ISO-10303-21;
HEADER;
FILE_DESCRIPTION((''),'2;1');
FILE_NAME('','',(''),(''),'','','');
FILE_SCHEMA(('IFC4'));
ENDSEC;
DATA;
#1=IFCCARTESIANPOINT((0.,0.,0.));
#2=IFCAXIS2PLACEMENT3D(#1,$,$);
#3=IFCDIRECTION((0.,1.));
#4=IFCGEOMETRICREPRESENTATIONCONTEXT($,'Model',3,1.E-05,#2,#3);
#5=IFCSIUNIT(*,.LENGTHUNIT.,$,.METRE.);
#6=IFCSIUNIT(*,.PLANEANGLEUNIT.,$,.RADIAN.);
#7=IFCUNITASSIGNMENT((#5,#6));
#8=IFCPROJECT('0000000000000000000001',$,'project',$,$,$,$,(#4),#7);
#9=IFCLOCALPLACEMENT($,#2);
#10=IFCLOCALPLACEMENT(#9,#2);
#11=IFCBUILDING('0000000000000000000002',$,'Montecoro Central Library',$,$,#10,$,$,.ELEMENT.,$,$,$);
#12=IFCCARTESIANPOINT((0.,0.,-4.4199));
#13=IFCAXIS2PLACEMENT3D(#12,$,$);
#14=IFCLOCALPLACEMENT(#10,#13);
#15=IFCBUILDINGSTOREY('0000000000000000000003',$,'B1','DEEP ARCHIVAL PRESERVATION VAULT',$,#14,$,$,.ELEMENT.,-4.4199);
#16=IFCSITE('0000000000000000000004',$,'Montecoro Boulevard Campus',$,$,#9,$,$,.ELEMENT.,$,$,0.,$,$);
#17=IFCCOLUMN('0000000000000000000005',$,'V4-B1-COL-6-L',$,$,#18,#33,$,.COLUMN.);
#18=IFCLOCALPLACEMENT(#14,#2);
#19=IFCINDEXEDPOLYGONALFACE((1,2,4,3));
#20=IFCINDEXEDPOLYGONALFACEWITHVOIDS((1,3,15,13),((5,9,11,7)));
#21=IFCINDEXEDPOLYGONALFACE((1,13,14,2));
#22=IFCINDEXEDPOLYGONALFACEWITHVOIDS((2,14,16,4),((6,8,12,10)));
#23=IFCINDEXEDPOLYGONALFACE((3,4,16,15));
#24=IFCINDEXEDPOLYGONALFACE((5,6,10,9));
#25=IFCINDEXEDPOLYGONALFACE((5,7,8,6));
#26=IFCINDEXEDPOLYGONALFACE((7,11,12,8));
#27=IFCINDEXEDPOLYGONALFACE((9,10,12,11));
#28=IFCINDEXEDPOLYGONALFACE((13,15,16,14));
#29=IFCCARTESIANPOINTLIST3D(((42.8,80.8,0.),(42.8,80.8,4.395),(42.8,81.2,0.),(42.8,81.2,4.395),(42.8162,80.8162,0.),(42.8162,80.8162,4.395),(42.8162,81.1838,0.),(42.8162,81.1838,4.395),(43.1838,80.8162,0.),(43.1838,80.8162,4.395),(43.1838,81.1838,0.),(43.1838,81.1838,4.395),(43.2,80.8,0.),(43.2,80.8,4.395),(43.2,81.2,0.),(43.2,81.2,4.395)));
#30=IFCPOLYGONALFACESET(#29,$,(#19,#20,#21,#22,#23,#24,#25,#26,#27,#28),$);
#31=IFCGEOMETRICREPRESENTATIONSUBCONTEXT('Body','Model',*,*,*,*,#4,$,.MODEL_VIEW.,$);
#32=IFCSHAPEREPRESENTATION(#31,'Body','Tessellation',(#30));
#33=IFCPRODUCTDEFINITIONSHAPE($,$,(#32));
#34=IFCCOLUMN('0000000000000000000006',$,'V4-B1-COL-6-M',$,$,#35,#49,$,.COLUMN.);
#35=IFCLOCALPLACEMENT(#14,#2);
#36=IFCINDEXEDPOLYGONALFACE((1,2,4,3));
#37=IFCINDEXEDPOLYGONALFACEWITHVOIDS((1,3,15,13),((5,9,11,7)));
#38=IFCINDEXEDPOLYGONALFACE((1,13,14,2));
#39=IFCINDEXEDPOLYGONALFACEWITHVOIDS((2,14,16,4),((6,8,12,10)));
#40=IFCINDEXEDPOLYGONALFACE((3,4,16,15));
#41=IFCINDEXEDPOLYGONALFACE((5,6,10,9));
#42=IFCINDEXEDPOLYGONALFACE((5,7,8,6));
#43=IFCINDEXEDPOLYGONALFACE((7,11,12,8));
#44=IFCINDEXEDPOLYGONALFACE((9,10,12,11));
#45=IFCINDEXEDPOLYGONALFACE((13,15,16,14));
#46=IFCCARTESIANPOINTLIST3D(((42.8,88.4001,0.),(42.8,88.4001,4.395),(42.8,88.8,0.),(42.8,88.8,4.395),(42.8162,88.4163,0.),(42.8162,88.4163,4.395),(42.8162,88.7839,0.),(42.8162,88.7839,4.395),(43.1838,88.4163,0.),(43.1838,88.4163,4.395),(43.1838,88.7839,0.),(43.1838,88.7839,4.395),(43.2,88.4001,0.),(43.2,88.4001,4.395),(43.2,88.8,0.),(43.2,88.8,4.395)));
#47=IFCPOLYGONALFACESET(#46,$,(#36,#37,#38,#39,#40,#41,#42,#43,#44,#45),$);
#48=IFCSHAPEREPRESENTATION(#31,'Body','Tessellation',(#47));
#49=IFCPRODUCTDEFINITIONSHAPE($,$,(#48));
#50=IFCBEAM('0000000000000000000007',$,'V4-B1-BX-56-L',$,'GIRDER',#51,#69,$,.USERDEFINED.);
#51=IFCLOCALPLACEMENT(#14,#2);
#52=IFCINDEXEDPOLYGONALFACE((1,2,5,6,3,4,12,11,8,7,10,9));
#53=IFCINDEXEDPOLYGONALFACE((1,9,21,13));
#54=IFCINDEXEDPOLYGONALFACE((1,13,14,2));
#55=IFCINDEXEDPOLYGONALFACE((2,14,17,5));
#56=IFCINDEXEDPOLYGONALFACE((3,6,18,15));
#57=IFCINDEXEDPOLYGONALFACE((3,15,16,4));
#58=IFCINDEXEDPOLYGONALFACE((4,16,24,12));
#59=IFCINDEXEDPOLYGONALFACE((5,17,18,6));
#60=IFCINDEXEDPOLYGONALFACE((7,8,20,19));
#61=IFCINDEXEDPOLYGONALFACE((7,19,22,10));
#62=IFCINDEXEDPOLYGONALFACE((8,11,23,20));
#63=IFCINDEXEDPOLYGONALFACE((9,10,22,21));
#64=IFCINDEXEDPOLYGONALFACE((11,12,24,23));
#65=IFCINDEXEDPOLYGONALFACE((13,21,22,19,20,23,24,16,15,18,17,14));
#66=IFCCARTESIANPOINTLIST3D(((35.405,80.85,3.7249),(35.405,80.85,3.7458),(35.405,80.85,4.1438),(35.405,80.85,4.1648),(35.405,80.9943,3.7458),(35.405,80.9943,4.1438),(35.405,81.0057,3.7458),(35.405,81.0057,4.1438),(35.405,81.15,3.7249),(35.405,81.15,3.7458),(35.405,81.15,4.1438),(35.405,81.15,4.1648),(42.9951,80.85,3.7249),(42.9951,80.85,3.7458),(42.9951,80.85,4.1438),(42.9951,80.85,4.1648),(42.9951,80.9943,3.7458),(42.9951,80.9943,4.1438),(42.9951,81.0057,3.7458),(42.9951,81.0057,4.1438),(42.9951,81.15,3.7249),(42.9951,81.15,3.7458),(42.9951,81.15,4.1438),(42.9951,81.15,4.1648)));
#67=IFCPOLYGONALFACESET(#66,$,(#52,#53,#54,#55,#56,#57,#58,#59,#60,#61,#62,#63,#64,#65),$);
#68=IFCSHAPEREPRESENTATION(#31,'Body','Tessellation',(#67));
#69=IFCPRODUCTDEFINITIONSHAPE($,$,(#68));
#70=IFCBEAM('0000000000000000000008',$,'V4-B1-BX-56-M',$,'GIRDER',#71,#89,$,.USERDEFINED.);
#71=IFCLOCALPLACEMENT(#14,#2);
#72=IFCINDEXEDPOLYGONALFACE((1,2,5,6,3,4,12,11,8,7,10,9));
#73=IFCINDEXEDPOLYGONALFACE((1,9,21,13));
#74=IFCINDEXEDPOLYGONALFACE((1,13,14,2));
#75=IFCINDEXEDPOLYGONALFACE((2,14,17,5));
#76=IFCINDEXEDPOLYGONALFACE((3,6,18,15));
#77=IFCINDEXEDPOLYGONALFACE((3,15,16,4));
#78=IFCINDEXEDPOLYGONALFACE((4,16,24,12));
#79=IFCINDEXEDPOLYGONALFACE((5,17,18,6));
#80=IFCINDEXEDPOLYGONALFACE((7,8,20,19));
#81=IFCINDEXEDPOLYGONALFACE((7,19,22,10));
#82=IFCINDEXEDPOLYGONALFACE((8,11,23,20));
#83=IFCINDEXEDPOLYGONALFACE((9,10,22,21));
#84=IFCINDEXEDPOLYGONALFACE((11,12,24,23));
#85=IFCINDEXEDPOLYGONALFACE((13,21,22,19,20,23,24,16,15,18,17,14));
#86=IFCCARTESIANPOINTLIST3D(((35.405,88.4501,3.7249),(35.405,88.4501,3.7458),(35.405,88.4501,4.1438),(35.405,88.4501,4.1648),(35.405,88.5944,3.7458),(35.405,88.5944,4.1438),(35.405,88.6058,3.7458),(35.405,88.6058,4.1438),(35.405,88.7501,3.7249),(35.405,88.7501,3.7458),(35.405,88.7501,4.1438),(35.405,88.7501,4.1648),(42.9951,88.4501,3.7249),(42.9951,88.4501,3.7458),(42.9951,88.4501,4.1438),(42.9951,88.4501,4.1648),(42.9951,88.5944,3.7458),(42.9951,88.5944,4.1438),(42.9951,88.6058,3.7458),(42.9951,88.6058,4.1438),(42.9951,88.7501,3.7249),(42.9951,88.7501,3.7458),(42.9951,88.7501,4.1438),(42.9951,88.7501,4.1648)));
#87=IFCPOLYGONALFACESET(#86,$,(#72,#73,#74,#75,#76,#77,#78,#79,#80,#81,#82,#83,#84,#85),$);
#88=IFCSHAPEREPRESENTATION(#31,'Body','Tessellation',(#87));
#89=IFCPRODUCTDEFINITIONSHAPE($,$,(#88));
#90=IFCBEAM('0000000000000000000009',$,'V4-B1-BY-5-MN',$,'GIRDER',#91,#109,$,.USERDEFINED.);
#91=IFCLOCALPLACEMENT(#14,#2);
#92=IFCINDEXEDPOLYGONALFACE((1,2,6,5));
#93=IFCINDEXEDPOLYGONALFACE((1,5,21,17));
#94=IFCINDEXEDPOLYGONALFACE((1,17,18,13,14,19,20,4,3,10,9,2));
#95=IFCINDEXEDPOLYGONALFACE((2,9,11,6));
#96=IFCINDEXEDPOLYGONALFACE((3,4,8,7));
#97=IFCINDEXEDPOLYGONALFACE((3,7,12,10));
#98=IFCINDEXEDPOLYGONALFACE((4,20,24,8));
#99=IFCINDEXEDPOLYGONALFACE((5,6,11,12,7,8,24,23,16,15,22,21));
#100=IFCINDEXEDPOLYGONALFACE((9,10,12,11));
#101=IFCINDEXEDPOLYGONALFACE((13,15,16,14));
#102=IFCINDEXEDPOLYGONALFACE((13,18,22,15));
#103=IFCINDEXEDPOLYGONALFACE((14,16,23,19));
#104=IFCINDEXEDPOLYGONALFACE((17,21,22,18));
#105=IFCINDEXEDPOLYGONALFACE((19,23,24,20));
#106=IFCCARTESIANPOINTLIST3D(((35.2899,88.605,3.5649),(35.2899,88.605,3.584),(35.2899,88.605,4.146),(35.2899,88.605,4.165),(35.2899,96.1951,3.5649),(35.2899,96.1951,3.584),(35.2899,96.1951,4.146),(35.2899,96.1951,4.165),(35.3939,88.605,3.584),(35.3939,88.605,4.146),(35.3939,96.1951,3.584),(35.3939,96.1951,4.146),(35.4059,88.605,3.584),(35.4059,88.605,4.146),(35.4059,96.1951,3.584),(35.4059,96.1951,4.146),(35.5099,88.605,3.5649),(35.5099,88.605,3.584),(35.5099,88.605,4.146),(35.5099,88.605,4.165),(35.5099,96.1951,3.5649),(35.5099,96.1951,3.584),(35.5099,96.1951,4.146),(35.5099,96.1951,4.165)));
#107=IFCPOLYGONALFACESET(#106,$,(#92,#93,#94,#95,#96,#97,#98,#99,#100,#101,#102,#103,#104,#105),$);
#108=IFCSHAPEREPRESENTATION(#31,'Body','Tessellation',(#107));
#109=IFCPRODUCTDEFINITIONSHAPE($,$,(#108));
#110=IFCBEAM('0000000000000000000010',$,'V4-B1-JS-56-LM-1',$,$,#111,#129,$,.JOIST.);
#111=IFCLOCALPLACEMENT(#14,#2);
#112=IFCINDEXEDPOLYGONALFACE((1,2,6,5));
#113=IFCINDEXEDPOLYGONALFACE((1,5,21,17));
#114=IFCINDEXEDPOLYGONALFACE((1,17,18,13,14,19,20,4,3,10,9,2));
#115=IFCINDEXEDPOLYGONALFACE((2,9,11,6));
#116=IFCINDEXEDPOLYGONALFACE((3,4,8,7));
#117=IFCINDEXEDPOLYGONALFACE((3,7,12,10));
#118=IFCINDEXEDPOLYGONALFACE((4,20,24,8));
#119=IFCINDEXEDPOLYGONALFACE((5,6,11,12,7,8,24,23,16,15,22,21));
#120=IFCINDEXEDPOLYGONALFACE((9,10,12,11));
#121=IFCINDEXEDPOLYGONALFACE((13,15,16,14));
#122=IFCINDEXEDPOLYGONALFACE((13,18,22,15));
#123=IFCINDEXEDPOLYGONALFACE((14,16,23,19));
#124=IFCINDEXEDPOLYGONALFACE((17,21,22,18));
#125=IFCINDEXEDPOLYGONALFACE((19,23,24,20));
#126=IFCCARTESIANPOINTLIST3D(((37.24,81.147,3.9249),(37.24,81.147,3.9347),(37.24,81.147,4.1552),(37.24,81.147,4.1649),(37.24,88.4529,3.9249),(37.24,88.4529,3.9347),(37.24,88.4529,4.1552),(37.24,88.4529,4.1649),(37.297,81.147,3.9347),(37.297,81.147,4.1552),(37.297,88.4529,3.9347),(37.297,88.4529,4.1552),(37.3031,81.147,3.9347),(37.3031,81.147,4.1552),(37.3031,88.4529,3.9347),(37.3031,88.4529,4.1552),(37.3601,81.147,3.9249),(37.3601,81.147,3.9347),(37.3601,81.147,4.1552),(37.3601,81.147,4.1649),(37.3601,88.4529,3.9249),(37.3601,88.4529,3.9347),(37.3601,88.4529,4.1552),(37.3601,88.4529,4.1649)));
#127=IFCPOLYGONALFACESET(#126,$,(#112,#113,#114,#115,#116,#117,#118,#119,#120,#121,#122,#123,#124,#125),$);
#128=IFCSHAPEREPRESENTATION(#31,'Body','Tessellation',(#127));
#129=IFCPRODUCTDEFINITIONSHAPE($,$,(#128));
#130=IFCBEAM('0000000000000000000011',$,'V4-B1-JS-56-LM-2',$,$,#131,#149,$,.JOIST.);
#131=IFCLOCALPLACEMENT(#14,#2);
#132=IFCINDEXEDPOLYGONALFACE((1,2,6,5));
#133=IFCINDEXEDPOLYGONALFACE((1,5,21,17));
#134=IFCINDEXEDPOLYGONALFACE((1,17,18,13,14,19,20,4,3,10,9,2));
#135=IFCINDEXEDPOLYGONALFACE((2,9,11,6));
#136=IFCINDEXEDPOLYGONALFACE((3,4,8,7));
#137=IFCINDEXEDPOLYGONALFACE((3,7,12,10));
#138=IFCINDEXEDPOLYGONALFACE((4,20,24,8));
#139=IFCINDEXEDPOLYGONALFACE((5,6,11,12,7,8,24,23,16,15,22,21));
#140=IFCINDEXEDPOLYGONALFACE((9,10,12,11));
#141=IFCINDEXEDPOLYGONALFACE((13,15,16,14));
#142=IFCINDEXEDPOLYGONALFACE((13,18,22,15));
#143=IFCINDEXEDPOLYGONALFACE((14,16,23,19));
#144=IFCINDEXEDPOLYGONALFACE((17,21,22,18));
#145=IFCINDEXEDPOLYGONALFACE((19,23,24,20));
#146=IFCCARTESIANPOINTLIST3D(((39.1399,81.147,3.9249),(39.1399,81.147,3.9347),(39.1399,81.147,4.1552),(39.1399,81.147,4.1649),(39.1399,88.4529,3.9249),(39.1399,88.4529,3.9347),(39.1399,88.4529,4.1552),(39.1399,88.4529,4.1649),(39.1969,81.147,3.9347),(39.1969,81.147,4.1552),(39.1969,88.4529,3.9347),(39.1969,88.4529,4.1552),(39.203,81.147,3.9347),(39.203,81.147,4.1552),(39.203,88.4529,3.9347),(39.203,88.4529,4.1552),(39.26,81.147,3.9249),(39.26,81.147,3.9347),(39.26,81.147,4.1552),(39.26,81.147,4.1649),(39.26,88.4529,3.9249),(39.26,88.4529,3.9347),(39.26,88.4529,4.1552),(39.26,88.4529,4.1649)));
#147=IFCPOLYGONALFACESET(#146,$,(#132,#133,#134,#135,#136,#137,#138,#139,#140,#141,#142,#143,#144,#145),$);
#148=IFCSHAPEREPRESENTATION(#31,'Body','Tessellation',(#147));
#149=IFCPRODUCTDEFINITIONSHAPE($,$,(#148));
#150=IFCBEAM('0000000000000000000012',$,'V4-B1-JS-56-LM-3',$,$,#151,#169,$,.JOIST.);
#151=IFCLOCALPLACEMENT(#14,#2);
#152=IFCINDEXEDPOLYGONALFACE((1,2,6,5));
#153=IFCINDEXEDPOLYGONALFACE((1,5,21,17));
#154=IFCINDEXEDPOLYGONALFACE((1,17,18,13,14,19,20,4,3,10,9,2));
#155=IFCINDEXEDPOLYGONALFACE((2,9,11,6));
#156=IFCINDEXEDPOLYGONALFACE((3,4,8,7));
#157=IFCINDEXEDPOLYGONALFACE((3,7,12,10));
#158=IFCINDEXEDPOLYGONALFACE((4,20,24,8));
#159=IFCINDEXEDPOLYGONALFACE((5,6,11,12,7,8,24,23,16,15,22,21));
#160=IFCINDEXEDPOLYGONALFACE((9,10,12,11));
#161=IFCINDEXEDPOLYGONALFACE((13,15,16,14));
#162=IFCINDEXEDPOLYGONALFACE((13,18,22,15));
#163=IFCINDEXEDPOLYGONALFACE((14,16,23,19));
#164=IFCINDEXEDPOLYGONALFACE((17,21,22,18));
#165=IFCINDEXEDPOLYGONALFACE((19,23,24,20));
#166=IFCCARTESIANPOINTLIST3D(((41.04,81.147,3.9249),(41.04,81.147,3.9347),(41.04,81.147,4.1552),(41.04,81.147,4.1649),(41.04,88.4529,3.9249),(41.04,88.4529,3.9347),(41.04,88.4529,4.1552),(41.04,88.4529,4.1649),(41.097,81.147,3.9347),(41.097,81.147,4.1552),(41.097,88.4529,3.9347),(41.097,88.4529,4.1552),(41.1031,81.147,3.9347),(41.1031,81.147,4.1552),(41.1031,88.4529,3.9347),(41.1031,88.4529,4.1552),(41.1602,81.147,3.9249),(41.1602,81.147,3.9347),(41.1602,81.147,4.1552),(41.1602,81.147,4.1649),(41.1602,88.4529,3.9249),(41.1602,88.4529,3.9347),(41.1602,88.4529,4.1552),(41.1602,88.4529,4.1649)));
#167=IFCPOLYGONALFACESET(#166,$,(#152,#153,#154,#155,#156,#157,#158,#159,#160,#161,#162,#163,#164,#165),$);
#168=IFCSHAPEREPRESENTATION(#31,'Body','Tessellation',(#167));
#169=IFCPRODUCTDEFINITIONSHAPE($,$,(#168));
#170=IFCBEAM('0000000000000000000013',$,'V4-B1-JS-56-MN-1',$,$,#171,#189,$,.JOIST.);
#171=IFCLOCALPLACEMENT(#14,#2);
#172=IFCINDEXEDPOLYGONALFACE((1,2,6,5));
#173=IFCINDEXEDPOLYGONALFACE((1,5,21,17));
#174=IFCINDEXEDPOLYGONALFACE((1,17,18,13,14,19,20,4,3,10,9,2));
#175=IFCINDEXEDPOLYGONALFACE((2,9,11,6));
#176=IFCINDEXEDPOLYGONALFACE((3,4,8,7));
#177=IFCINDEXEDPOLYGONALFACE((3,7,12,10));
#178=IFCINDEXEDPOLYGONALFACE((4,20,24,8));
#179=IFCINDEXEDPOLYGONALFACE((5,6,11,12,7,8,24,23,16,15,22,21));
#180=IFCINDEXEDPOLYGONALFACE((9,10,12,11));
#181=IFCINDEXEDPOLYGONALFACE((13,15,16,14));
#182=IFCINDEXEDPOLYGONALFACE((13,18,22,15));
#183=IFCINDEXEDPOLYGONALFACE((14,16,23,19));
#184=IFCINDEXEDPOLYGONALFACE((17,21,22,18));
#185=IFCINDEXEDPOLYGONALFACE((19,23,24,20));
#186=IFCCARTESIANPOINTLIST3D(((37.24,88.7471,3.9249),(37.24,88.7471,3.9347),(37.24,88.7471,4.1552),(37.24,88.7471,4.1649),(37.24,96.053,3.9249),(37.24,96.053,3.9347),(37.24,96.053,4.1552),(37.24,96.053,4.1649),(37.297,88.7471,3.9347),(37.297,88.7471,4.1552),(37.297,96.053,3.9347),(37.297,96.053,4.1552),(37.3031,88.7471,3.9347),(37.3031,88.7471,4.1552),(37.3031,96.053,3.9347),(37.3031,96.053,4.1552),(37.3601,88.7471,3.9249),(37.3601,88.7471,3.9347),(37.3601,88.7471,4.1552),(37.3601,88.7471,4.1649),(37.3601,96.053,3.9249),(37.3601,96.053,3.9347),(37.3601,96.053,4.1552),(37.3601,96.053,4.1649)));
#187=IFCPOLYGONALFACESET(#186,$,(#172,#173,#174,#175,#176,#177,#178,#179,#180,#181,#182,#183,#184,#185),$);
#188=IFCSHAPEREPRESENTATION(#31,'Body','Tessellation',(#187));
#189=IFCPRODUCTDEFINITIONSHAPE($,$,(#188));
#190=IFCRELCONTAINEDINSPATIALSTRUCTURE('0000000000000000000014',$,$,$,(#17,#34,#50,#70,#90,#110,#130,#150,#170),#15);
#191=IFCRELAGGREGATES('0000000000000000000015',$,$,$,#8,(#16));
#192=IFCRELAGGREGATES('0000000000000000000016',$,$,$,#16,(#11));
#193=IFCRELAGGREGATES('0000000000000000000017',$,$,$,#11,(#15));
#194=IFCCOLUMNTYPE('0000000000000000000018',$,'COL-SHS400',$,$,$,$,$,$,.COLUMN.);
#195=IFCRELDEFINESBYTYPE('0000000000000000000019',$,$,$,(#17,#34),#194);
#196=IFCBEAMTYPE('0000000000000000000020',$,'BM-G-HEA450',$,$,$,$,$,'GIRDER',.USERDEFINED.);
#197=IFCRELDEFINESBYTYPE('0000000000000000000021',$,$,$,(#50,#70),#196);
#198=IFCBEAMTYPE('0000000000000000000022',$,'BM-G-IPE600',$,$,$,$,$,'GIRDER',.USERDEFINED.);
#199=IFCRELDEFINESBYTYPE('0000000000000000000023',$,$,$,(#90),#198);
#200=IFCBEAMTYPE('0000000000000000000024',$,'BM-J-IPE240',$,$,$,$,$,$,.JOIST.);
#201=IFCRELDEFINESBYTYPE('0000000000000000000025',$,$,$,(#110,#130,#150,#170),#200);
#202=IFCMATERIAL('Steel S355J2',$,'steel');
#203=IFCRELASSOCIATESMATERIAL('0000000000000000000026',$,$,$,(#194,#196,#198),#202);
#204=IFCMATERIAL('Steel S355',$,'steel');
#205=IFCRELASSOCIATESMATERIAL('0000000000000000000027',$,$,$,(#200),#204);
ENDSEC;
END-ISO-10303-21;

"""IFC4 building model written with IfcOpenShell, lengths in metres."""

from ifc_helpers import new_model, si_unit, direction, frame, origin, origin_2d, place, context, subcontext, project, spatial, hollow_rectangle, i_section, extrude, material, material_profile, profile_set, type_object, element, save


model = new_model("IFC4")

# Units and contexts
model_context = context("Model", 3, precision=1e-05, world=origin(), true_north=direction((0.0, 1.0)))
body_context = subcontext(model_context, "Body", "Model", "MODEL_VIEW")
ifc_project = project(units=[si_unit("LENGTHUNIT", "METRE"), si_unit("PLANEANGLEUNIT", "RADIAN")], contexts=[model_context])

# Site, building, storey
site_placement = place(None, origin())
site = spatial("IfcSite", under=ifc_project, at=site_placement, Name="Montecoro Boulevard Campus", CompositionType="ELEMENT", RefElevation=0.0)
building_placement = place(site_placement, origin())
building = spatial("IfcBuilding", under=site, at=building_placement, Name="Montecoro Central Library", CompositionType="ELEMENT")
storey_placement = place(building_placement, frame((0.0, 0.0, -4.4199)))
storey = spatial("IfcBuildingStorey", under=building, at=storey_placement, Name="B1", Description="DEEP ARCHIVAL PRESERVATION VAULT", CompositionType="ELEMENT", Elevation=-4.4199)

# Columns
ifc_material_1 = material(Name="Steel S355J2", Category="steel")
ifc_material_profile_1 = material_profile(ifc_material_1, hollow_rectangle(XDim=0.3999, YDim=0.3999, WallThickness=0.0161, at=origin_2d()), Name="SHS 400x400x16.0")
ifc_profile_set_1 = profile_set([ifc_material_profile_1], Name="Steel S355J2")
column_type = type_object("IfcColumnType", Name="COL-SHS400", PredefinedType="COLUMN", material=ifc_profile_set_1)
for number, where, z_axis, x_axis, name in (
    (1, (43.0, 81.0, 0.0), (0.0, 0.0, 1.0), (1.0, 0.0, 0.0), "V4-B1-COL-6-L"),
    (2, (43.0, 88.6001, 0.0), (0.0, 0.0, 1.0), (1.0, 0.0, 0.0), "V4-B1-COL-6-M"),
):
    element("IfcColumn", number, at=place(storey_placement, frame(where, z_axis=z_axis, x_axis=x_axis)), inside=storey, type_object=column_type, Name=name, PredefinedType="COLUMN", context=body_context, shape_type="SweptSolid", body=[
        extrude(hollow_rectangle(XDim=0.3999, YDim=0.3999, WallThickness=0.0161, at=origin_2d()), origin(), (0.0, 0.0, 1.0), 4.395),
    ])

# Beams
ifc_material_profile_2 = material_profile(ifc_material_1, i_section(OverallWidth=0.3, OverallDepth=0.4399, WebThickness=0.0115, FlangeThickness=0.021, at=origin_2d()), Name="HEA 450")
ifc_profile_set_2 = profile_set([ifc_material_profile_2], Name="Steel S355J2")
beam_type_1 = type_object("IfcBeamType", Name="BM-G-HEA450", ElementType="GIRDER", PredefinedType="USERDEFINED", material=ifc_profile_set_2)
for number, where, z_axis, x_axis, name in (
    (3, (35.405, 81.0, 3.9448), (1.0, 0.0, 0.0), (0.0, 1.0, 0.0), "V4-B1-BX-56-L"),
    (4, (35.405, 88.6001, 3.9448), (1.0, 0.0, 0.0), (0.0, 1.0, 0.0), "V4-B1-BX-56-M"),
):
    element("IfcBeam", number, at=place(storey_placement, frame(where, z_axis=z_axis, x_axis=x_axis)), inside=storey, type_object=beam_type_1, Name=name, ObjectType="GIRDER", PredefinedType="USERDEFINED", context=body_context, shape_type="SweptSolid", body=[
        extrude(i_section(OverallWidth=0.3, OverallDepth=0.4399, WebThickness=0.0115, FlangeThickness=0.021, at=origin_2d()), origin(), (0.0, 0.0, 1.0), 7.5901),
    ])
ifc_material_profile_3 = material_profile(ifc_material_1, i_section(OverallWidth=0.22, OverallDepth=0.6001, WebThickness=0.012, FlangeThickness=0.019, at=origin_2d()), Name="IPE 600")
ifc_profile_set_3 = profile_set([ifc_material_profile_3], Name="Steel S355J2")
beam_type_2 = type_object("IfcBeamType", Name="BM-G-IPE600", ElementType="GIRDER", PredefinedType="USERDEFINED", material=ifc_profile_set_3)
beam_placement = place(storey_placement, frame((35.3999, 88.605, 3.865), z_axis=(0.0, 1.0, 0.0), x_axis=(-1.0, 0.0, 0.0)))
element("IfcBeam", 5, at=beam_placement, inside=storey, type_object=beam_type_2, Name="V4-B1-BY-5-MN", ObjectType="GIRDER", PredefinedType="USERDEFINED", context=body_context, shape_type="SweptSolid", body=[
    extrude(i_section(OverallWidth=0.22, OverallDepth=0.6001, WebThickness=0.012, FlangeThickness=0.019, at=origin_2d()), origin(), (0.0, 0.0, 1.0), 7.5901),
])
ifc_material_2 = material(Name="Steel S355", Category="steel")
ifc_material_profile_4 = material_profile(ifc_material_2, i_section(OverallWidth=0.1201, OverallDepth=0.24, WebThickness=0.0061, FlangeThickness=0.0098, at=origin_2d()), Name="IPE 240")
ifc_profile_set_4 = profile_set([ifc_material_profile_4], Name="Steel S355")
beam_type_3 = type_object("IfcBeamType", Name="BM-J-IPE240", PredefinedType="JOIST", material=ifc_profile_set_4)
for number, where, z_axis, x_axis, name in (
    (6, (37.3, 81.147, 4.0449), (0.0, 1.0, 0.0), (-1.0, 0.0, 0.0), "V4-B1-JS-56-LM-1"),
    (7, (39.2, 81.147, 4.0449), (0.0, 1.0, 0.0), (-1.0, 0.0, 0.0), "V4-B1-JS-56-LM-2"),
    (8, (41.1001, 81.147, 4.0449), (0.0, 1.0, 0.0), (-1.0, 0.0, 0.0), "V4-B1-JS-56-LM-3"),
    (9, (37.3, 88.7471, 4.0449), (0.0, 1.0, 0.0), (-1.0, 0.0, 0.0), "V4-B1-JS-56-MN-1"),
):
    element("IfcBeam", number, at=place(storey_placement, frame(where, z_axis=z_axis, x_axis=x_axis)), inside=storey, type_object=beam_type_3, Name=name, PredefinedType="JOIST", context=body_context, shape_type="SweptSolid", body=[
        extrude(i_section(OverallWidth=0.1201, OverallDepth=0.24, WebThickness=0.0061, FlangeThickness=0.0098, at=origin_2d()), origin(), (0.0, 0.0, 1.0), 7.3059),
    ])

save(model, "model.ifc")
